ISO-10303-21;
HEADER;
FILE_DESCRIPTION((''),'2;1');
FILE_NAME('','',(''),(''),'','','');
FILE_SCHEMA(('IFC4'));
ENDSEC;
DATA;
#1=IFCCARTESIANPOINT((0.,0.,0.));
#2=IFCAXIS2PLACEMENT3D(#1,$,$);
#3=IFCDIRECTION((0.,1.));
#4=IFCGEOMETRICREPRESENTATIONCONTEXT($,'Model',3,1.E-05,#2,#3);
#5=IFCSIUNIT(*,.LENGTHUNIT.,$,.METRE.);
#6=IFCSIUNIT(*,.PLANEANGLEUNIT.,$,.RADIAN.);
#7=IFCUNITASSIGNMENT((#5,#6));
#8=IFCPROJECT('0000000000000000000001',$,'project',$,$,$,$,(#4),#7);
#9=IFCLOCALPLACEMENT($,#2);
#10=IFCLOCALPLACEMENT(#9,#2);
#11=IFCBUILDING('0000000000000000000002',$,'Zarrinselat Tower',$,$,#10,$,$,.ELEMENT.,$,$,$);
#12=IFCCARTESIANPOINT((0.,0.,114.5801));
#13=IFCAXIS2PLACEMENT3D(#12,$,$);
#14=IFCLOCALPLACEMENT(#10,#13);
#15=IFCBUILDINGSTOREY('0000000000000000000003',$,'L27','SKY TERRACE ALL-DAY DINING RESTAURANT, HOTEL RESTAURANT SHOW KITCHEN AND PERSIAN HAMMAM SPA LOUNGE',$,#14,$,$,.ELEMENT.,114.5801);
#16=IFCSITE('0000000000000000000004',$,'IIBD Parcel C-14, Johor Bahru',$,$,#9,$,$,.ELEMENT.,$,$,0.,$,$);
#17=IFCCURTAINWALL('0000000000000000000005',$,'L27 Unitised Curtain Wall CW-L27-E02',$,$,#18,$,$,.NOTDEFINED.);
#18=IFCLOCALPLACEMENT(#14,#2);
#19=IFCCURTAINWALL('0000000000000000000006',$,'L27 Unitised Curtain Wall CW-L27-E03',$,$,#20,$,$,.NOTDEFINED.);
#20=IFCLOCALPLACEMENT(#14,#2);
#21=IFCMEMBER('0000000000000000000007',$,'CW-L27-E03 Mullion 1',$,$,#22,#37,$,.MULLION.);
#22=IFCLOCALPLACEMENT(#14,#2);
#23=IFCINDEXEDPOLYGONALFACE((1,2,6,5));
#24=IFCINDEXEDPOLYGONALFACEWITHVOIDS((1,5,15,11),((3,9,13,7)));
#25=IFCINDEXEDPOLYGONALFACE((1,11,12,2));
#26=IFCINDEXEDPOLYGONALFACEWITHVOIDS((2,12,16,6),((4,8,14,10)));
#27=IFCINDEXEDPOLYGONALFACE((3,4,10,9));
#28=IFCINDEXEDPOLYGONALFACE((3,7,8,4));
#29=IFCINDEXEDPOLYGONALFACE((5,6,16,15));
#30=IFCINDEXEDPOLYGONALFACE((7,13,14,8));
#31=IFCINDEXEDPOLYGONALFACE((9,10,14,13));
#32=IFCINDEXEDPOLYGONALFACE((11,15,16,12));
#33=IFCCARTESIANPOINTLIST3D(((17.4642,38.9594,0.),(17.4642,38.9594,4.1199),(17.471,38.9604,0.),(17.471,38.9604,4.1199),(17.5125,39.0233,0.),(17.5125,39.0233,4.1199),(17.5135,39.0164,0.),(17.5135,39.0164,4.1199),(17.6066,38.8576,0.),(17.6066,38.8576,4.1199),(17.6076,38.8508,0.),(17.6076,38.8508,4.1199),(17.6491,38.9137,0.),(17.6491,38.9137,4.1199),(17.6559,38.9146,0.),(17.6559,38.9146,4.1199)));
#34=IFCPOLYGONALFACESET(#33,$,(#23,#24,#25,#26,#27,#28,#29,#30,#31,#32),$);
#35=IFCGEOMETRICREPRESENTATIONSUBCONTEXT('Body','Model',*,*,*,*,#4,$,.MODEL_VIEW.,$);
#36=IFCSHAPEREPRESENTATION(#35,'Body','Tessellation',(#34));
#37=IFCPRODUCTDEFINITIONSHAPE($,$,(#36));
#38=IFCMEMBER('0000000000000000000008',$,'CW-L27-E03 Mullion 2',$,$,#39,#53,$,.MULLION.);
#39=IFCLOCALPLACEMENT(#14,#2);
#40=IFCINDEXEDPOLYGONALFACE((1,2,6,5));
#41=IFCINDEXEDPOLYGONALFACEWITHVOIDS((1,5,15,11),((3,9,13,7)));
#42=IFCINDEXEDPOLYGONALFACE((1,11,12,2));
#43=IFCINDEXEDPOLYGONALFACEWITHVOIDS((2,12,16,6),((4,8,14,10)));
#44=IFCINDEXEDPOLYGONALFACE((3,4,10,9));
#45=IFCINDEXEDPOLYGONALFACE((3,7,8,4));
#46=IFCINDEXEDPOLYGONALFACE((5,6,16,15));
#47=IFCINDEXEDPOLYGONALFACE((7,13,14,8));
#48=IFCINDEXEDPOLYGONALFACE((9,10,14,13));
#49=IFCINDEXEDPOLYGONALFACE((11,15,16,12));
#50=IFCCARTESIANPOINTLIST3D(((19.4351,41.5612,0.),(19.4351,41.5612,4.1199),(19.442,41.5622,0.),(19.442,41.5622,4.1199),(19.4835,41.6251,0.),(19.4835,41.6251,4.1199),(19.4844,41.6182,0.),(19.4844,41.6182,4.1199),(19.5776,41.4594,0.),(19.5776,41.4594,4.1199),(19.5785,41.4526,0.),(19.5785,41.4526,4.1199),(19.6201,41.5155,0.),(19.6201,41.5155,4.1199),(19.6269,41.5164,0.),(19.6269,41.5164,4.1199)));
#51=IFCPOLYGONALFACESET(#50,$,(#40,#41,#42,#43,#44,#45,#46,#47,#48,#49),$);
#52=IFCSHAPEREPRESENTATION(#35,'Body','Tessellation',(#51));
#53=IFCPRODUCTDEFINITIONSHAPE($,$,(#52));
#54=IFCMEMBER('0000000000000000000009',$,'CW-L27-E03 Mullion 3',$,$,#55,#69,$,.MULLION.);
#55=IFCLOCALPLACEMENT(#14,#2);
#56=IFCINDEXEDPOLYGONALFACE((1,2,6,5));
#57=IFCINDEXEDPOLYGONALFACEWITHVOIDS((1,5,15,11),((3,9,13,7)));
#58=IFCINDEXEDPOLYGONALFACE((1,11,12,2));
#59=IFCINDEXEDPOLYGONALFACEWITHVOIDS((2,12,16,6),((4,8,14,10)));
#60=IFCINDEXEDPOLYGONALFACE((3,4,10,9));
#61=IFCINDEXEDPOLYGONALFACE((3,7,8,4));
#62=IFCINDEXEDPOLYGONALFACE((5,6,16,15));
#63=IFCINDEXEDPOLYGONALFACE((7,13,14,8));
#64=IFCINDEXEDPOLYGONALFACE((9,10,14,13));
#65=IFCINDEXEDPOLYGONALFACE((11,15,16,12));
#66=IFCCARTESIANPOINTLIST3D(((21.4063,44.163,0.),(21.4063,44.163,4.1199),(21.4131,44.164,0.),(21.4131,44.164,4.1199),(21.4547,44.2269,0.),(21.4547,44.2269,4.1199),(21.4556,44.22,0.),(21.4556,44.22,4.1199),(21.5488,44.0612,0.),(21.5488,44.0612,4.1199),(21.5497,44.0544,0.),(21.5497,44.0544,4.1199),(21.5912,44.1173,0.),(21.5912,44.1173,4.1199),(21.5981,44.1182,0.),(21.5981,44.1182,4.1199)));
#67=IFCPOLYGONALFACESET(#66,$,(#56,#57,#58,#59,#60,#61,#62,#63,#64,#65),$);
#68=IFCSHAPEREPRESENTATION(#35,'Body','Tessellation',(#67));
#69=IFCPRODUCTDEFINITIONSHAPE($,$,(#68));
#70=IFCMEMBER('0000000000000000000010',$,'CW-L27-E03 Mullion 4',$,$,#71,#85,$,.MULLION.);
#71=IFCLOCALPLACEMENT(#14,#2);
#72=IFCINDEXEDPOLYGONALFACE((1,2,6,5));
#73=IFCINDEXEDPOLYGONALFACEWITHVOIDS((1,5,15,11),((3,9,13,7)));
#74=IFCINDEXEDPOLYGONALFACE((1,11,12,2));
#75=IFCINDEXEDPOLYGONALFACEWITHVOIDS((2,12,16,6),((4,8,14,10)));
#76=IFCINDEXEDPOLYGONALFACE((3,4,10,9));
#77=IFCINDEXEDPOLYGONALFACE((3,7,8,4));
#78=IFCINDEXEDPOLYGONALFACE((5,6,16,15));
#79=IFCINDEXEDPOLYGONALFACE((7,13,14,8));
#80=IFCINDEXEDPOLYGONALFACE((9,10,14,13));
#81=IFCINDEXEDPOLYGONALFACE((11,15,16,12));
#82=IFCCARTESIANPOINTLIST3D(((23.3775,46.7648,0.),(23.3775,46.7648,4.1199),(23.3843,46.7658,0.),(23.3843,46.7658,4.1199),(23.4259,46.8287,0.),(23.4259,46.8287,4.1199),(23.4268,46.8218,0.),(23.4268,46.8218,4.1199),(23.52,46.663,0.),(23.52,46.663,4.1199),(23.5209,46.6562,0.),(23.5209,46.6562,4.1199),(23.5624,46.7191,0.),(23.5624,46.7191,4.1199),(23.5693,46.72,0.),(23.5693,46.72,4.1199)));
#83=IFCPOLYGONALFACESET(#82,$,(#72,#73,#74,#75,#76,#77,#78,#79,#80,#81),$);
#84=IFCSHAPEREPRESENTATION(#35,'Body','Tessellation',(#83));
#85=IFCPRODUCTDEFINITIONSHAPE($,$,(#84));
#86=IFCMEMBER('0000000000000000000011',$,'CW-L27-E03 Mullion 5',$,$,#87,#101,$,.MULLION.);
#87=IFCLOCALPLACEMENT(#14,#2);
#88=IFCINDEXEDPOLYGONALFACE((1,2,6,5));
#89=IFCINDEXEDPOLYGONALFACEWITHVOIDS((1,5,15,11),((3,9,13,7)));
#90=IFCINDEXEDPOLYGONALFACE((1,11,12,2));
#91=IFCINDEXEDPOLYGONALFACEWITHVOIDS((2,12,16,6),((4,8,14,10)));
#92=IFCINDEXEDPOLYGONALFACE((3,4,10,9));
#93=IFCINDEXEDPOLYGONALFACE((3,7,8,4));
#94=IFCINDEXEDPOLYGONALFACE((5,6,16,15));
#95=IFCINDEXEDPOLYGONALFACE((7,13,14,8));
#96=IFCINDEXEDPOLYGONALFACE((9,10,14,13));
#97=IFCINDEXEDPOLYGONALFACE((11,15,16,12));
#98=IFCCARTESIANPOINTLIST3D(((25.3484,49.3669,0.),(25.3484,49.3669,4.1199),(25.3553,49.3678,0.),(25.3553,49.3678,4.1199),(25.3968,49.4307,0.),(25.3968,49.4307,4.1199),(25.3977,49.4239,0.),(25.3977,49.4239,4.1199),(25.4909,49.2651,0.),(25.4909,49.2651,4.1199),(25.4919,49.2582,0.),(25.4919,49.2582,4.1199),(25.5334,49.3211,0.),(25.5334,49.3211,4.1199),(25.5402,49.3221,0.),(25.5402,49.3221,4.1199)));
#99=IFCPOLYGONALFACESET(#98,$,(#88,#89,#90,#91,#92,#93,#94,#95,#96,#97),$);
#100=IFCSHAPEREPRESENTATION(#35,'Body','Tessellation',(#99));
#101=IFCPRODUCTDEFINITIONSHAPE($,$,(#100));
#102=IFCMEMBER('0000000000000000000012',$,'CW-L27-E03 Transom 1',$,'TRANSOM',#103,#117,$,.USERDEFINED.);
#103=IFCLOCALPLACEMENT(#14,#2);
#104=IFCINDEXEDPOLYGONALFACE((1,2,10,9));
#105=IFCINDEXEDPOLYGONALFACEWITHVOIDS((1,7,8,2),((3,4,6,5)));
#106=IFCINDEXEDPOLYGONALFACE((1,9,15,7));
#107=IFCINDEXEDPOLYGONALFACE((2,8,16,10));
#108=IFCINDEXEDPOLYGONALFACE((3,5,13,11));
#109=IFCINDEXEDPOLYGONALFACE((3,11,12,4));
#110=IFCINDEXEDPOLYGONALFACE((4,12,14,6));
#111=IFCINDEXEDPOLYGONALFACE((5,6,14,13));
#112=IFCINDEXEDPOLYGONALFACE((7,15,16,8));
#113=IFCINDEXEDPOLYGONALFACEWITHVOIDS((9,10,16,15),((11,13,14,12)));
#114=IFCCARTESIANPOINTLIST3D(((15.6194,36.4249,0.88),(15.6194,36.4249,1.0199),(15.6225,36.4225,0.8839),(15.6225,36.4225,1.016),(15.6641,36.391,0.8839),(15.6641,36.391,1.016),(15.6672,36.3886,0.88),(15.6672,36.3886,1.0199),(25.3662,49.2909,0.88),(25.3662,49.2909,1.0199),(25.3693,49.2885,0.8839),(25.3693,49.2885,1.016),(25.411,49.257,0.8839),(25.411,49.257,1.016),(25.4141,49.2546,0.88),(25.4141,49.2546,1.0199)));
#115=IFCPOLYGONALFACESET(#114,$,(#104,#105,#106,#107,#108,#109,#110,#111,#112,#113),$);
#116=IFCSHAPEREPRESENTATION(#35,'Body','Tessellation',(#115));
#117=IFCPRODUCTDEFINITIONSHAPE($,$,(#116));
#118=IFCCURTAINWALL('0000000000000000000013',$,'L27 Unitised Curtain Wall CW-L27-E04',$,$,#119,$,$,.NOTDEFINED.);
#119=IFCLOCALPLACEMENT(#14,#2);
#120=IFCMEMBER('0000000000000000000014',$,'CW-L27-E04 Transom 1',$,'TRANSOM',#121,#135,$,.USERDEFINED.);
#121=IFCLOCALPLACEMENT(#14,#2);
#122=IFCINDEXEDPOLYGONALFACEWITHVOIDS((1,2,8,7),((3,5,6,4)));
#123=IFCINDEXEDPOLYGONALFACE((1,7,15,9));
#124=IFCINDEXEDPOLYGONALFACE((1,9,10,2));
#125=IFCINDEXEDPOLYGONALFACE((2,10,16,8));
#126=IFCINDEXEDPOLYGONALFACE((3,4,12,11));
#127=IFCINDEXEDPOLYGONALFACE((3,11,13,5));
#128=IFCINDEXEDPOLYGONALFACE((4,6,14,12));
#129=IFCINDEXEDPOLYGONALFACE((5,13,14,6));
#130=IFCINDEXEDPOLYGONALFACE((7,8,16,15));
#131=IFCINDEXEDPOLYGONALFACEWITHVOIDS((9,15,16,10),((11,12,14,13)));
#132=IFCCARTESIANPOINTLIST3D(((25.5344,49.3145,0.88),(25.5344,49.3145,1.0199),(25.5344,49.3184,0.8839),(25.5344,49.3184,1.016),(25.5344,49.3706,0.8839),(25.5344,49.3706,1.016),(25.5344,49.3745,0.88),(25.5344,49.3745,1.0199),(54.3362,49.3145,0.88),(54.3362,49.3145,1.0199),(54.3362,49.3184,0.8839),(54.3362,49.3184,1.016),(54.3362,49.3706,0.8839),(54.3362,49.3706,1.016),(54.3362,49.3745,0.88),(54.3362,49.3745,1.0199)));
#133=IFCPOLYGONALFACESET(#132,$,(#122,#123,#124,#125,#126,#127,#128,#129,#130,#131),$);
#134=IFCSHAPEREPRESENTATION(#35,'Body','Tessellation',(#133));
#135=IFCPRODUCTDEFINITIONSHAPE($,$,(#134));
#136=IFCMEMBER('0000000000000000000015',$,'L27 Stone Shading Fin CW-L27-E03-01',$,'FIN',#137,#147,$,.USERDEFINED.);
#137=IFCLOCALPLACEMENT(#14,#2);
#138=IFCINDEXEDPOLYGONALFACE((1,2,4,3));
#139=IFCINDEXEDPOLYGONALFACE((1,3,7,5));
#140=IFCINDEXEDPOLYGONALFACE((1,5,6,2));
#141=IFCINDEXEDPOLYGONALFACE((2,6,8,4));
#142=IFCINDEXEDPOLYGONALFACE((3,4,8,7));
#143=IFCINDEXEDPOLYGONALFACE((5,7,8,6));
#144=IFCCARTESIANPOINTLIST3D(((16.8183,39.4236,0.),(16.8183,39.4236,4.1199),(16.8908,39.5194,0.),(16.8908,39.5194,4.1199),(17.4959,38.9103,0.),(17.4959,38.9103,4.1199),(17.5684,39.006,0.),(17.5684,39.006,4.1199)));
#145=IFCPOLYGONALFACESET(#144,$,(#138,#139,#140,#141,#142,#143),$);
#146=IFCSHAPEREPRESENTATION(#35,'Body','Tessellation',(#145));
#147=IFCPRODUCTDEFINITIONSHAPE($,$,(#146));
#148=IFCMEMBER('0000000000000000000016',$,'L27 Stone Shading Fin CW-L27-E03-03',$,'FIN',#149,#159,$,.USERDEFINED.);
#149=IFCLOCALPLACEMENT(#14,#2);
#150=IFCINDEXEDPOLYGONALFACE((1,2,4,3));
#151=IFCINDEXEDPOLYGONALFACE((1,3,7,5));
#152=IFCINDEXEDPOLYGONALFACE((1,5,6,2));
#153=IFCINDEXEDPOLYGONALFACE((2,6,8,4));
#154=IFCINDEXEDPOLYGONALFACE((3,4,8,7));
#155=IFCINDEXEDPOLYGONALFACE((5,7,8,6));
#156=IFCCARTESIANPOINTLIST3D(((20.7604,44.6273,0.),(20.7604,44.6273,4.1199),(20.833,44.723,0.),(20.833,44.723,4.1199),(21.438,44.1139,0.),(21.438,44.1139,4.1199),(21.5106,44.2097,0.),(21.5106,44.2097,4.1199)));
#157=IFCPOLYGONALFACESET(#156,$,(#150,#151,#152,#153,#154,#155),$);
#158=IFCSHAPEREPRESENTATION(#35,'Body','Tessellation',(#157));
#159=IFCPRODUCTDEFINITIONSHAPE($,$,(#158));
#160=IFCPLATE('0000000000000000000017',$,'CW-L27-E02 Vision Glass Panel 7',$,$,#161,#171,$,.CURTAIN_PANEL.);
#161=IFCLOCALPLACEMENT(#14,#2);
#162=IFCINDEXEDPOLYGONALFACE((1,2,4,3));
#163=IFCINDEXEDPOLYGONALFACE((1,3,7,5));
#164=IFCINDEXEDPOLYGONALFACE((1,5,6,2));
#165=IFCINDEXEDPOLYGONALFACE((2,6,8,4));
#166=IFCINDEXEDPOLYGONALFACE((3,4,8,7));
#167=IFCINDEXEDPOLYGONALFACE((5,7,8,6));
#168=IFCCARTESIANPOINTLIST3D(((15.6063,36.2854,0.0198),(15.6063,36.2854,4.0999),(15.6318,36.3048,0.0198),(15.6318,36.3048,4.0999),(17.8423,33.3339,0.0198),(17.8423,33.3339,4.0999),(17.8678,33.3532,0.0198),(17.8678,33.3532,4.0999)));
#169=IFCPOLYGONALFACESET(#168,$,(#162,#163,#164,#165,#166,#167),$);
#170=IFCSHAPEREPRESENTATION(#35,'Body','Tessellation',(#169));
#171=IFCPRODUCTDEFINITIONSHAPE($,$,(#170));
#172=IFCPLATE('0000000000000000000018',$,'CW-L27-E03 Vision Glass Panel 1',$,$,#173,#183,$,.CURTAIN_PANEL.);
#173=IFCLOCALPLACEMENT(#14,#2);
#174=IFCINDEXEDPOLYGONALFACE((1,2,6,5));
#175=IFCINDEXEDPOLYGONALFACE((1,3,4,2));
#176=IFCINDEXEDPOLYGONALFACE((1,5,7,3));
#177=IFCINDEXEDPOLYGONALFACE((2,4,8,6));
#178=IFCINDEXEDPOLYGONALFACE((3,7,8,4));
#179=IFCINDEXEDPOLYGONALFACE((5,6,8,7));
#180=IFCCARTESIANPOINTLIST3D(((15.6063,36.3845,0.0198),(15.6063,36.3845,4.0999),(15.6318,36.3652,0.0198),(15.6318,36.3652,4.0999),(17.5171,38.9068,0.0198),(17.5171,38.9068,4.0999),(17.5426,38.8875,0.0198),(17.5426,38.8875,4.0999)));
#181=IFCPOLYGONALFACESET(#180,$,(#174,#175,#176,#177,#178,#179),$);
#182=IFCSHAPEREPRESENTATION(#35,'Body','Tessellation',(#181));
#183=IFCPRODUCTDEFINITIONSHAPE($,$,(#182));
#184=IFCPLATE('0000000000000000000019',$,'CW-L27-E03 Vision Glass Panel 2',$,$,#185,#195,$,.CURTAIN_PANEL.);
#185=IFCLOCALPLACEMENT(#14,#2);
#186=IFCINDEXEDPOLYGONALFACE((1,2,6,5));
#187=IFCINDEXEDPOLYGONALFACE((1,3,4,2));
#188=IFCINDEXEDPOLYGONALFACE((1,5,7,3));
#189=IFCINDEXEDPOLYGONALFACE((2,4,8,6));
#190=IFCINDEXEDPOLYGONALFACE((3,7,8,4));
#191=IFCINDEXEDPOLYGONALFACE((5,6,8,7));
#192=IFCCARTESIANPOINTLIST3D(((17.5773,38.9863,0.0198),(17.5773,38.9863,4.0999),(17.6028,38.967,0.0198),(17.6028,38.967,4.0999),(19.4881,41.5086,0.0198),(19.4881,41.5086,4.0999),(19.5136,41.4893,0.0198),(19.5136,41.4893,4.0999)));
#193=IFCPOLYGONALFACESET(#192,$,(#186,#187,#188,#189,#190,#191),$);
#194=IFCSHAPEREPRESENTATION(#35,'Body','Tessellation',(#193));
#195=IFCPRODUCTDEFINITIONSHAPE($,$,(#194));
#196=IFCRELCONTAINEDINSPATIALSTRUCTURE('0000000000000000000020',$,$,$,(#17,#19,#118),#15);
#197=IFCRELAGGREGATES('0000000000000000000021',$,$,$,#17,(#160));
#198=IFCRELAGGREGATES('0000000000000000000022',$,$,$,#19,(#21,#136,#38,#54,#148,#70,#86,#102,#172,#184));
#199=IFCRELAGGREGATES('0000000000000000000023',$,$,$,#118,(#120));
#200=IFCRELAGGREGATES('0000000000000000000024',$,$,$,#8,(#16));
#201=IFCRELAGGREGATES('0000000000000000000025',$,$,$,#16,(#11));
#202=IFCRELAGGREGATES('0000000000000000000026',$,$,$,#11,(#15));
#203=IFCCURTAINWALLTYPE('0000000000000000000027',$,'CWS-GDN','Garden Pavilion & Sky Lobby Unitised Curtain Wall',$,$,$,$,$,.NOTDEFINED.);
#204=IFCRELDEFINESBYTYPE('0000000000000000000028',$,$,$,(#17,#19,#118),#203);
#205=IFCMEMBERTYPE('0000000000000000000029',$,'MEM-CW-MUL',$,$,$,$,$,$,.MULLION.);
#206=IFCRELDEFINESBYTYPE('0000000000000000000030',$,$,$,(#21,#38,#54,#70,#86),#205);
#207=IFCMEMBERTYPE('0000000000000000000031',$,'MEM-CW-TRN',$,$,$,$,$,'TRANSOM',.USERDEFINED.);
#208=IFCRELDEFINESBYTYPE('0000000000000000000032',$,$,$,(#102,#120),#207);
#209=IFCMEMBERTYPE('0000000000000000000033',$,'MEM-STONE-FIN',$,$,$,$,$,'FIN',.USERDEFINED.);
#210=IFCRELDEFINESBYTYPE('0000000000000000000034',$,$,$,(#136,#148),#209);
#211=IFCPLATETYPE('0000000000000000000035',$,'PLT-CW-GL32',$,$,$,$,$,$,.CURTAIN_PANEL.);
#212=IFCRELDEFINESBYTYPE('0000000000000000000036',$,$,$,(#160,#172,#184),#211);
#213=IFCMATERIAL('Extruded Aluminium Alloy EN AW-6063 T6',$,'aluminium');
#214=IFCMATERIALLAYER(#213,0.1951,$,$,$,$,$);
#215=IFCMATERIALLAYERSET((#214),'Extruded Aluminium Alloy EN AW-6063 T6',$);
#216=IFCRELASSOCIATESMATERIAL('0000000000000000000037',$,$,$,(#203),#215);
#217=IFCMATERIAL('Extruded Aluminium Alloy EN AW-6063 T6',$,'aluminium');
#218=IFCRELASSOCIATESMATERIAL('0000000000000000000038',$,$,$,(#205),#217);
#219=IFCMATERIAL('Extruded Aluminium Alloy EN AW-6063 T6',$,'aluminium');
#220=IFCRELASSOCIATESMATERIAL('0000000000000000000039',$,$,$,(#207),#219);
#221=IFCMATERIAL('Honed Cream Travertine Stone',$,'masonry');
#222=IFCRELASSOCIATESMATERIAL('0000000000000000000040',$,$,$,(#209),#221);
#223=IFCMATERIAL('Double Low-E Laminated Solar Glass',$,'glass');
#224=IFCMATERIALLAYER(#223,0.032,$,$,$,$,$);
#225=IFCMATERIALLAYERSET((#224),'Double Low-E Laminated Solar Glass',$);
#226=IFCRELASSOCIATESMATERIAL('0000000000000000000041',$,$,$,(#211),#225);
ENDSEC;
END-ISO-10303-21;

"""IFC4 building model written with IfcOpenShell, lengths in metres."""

from ifc_helpers import new_model, si_unit, direction, frame, origin, origin_2d, place, context, subcontext, project, spatial, rectangle, hollow_rectangle, extrude, material, layer, layer_set, material_profile, profile_set, type_object, element, aggregate, save


model = new_model("IFC4")

# Units and contexts
model_context = context("Model", 3, precision=1e-05, world=origin(), true_north=direction((0.0, 1.0)))
body_context = subcontext(model_context, "Body", "Model", "MODEL_VIEW")
ifc_project = project(units=[si_unit("LENGTHUNIT", "METRE"), si_unit("PLANEANGLEUNIT", "RADIAN")], contexts=[model_context])

# Site, building, storey
site_placement = place(None, origin())
site = spatial("IfcSite", under=ifc_project, at=site_placement, Name="IIBD Parcel C-14, Johor Bahru", CompositionType="ELEMENT", RefElevation=0.0)
building_placement = place(site_placement, origin())
building = spatial("IfcBuilding", under=site, at=building_placement, Name="Zarrinselat Tower", CompositionType="ELEMENT")
storey_placement = place(building_placement, frame((0.0, 0.0, 114.5801)))
storey = spatial("IfcBuildingStorey", under=building, at=storey_placement, Name="L27", Description="SKY TERRACE ALL-DAY DINING RESTAURANT, HOTEL RESTAURANT SHOW KITCHEN AND PERSIAN HAMMAM SPA LOUNGE", CompositionType="ELEMENT", Elevation=114.5801)

# Curtain wall
ifc_material_1 = material(Name="Extruded Aluminium Alloy EN AW-6063 T6", Category="aluminium")
ifc_layer_1 = layer(ifc_material_1, 0.1951)
ifc_layer_set_1 = layer_set([ifc_layer_1], Name="Extruded Aluminium Alloy EN AW-6063 T6")
curtain_wall_type = type_object("IfcCurtainWallType", Name="CWS-GDN", Description="Garden Pavilion & Sky Lobby Unitised Curtain Wall", PredefinedType="NOTDEFINED", material=ifc_layer_set_1)
curtain_wall_1_placement = place(storey_placement, origin())
curtain_wall_1 = element("IfcCurtainWall", 1, at=curtain_wall_1_placement, inside=storey, type_object=curtain_wall_type, Name="L27 Unitised Curtain Wall CW-L27-E02", PredefinedType="NOTDEFINED")
ifc_material_2 = material(Name="Extruded Aluminium Alloy EN AW-6063 T6", Category="aluminium")
ifc_material_profile_1 = material_profile(ifc_material_2, hollow_rectangle(XDim=0.0801, YDim=0.1799, WallThickness=0.0049, at=origin_2d()), Name="RHS 180x80x5")
ifc_profile_set_1 = profile_set([ifc_material_profile_1], Name="Extruded Aluminium Alloy EN AW-6063 T6")
member_type_1 = type_object("IfcMemberType", Name="MEM-CW-MUL", PredefinedType="MULLION", material=ifc_profile_set_1)

# Curtain wall, members
curtain_wall_2_placement = place(storey_placement, origin())
curtain_wall_2 = element("IfcCurtainWall", 2, at=curtain_wall_2_placement, inside=storey, type_object=curtain_wall_type, Name="L27 Unitised Curtain Wall CW-L27-E03", PredefinedType="NOTDEFINED")
member_1_placement = place(storey_placement, frame((17.5601, 38.937, 0.0), z_axis=(0.0, 0.0, 1.0), x_axis=(0.603857, 0.797093, 0.0)))
member_1 = element("IfcMember", 3, at=member_1_placement, type_object=member_type_1, Name="CW-L27-E03 Mullion 1", PredefinedType="MULLION", context=body_context, shape_type="SweptSolid", body=[
    extrude(hollow_rectangle(XDim=0.0801, YDim=0.1799, WallThickness=0.0049, at=origin_2d()), origin(), (0.0, 0.0, 1.0), 4.1199),
])
member_2_placement = place(storey_placement, frame((19.531, 41.5388, 0.0), z_axis=(0.0, 0.0, 1.0), x_axis=(0.603857, 0.797093, 0.0)))
member_2 = element("IfcMember", 4, at=member_2_placement, type_object=member_type_1, Name="CW-L27-E03 Mullion 2", PredefinedType="MULLION", context=body_context, shape_type="SweptSolid", body=[
    extrude(hollow_rectangle(XDim=0.0801, YDim=0.1799, WallThickness=0.0049, at=origin_2d()), origin(), (0.0, 0.0, 1.0), 4.1199),
])
member_3_placement = place(storey_placement, frame((21.5022, 44.1406, 0.0), z_axis=(0.0, 0.0, 1.0), x_axis=(0.603857, 0.797093, 0.0)))
member_3 = element("IfcMember", 5, at=member_3_placement, type_object=member_type_1, Name="CW-L27-E03 Mullion 3", PredefinedType="MULLION", context=body_context, shape_type="SweptSolid", body=[
    extrude(hollow_rectangle(XDim=0.0801, YDim=0.1799, WallThickness=0.0049, at=origin_2d()), origin(), (0.0, 0.0, 1.0), 4.1199),
])
member_4_placement = place(storey_placement, frame((23.4734, 46.7424, 0.0), z_axis=(0.0, 0.0, 1.0), x_axis=(0.603857, 0.797093, 0.0)))
member_4 = element("IfcMember", 6, at=member_4_placement, type_object=member_type_1, Name="CW-L27-E03 Mullion 4", PredefinedType="MULLION", context=body_context, shape_type="SweptSolid", body=[
    extrude(hollow_rectangle(XDim=0.0801, YDim=0.1799, WallThickness=0.0049, at=origin_2d()), origin(), (0.0, 0.0, 1.0), 4.1199),
])
member_5_placement = place(storey_placement, frame((25.4443, 49.3445, 0.0), z_axis=(0.0, 0.0, 1.0), x_axis=(0.603857, 0.797093, 0.0)))
member_5 = element("IfcMember", 7, at=member_5_placement, type_object=member_type_1, Name="CW-L27-E03 Mullion 5", PredefinedType="MULLION", context=body_context, shape_type="SweptSolid", body=[
    extrude(hollow_rectangle(XDim=0.0801, YDim=0.1799, WallThickness=0.0049, at=origin_2d()), origin(), (0.0, 0.0, 1.0), 4.1199),
])
ifc_material_3 = material(Name="Extruded Aluminium Alloy EN AW-6063 T6", Category="aluminium")
ifc_material_profile_2 = material_profile(ifc_material_3, hollow_rectangle(XDim=0.0601, YDim=0.1399, WallThickness=0.0039, at=origin_2d()), Name="RHS 140x60x4")
ifc_profile_set_2 = profile_set([ifc_material_profile_2], Name="Extruded Aluminium Alloy EN AW-6063 T6")
member_type_2 = type_object("IfcMemberType", Name="MEM-CW-TRN", ElementType="TRANSOM", PredefinedType="USERDEFINED", material=ifc_profile_set_2)
member_6_placement = place(storey_placement, frame((15.6433, 36.4067, 0.95), z_axis=(0.603853, 0.797096, 0.0), x_axis=(-0.797096, 0.603853, 0.0)))
member_6 = element("IfcMember", 8, at=member_6_placement, type_object=member_type_2, Name="CW-L27-E03 Transom 1", ObjectType="TRANSOM", PredefinedType="USERDEFINED", context=body_context, shape_type="SweptSolid", body=[
    extrude(hollow_rectangle(XDim=0.0601, YDim=0.1399, WallThickness=0.0039, at=origin_2d()), origin(), (0.0, 0.0, 1.0), 16.1411),
])

# Curtain wall, member
curtain_wall_3_placement = place(storey_placement, origin())
curtain_wall_3 = element("IfcCurtainWall", 9, at=curtain_wall_3_placement, inside=storey, type_object=curtain_wall_type, Name="L27 Unitised Curtain Wall CW-L27-E04", PredefinedType="NOTDEFINED")
member_7_placement = place(storey_placement, frame((25.5344, 49.3445, 0.95), z_axis=(1.0, 0.0, 0.0), x_axis=(0.0, 1.0, 0.0)))
member_7 = element("IfcMember", 10, at=member_7_placement, type_object=member_type_2, Name="CW-L27-E04 Transom 1", ObjectType="TRANSOM", PredefinedType="USERDEFINED", context=body_context, shape_type="SweptSolid", body=[
    extrude(hollow_rectangle(XDim=0.0601, YDim=0.1399, WallThickness=0.0039, at=origin_2d()), origin(), (0.0, 0.0, 1.0), 28.8018),
])

# Members
ifc_material_4 = material(Name="Honed Cream Travertine Stone", Category="masonry")
ifc_material_profile_3 = material_profile(ifc_material_4, rectangle(XDim=0.1201, YDim=0.8501, at=origin_2d()), Name="FIN 850x120")
ifc_profile_set_3 = profile_set([ifc_material_profile_3], Name="Honed Cream Travertine Stone")
member_type_3 = type_object("IfcMemberType", Name="MEM-STONE-FIN", ElementType="FIN", PredefinedType="USERDEFINED", material=ifc_profile_set_3)
member_8_placement = place(storey_placement, frame((17.1934, 39.2148, 0.0), z_axis=(0.0, 0.0, 1.0), x_axis=(0.603857, 0.797093, 0.0)))
member_8 = element("IfcMember", 11, at=member_8_placement, type_object=member_type_3, Name="L27 Stone Shading Fin CW-L27-E03-01", ObjectType="FIN", PredefinedType="USERDEFINED", context=body_context, shape_type="SweptSolid", body=[
    extrude(rectangle(XDim=0.1201, YDim=0.8501, at=origin_2d()), origin(), (0.0, 0.0, 1.0), 4.1199),
])
member_9_placement = place(storey_placement, frame((21.1355, 44.4185, 0.0), z_axis=(0.0, 0.0, 1.0), x_axis=(0.603857, 0.797093, 0.0)))
member_9 = element("IfcMember", 12, at=member_9_placement, type_object=member_type_3, Name="L27 Stone Shading Fin CW-L27-E03-03", ObjectType="FIN", PredefinedType="USERDEFINED", context=body_context, shape_type="SweptSolid", body=[
    extrude(rectangle(XDim=0.1201, YDim=0.8501, at=origin_2d()), origin(), (0.0, 0.0, 1.0), 4.1199),
])

# Plates
ifc_material_5 = material(Name="Double Low-E Laminated Solar Glass", Category="glass")
ifc_layer_2 = layer(ifc_material_5, 0.032)
ifc_layer_set_2 = layer_set([ifc_layer_2], Name="Double Low-E Laminated Solar Glass")
plate_type = type_object("IfcPlateType", Name="PLT-CW-GL32", PredefinedType="CURTAIN_PANEL", material=ifc_layer_set_2)
plate_1_placement = place(storey_placement, frame((16.7371, 34.8193, 0.0198), z_axis=(0.0, 0.0, 1.0), x_axis=(-0.603858, 0.797092, 0.0)))
plate_1 = element("IfcPlate", 13, at=plate_1_placement, type_object=plate_type, Name="CW-L27-E02 Vision Glass Panel 7", PredefinedType="CURTAIN_PANEL", context=body_context, shape_type="SweptSolid", body=[
    extrude(rectangle(XDim=3.7029, YDim=0.032, at=origin_2d()), origin(), (0.0, 0.0, 1.0), 4.0801),
])
aggregate(curtain_wall_1, [plate_1])
plate_2_placement = place(storey_placement, frame((16.5745, 37.636, 0.0198), z_axis=(0.0, 0.0, 1.0), x_axis=(0.603857, 0.797093, 0.0)))
plate_2 = element("IfcPlate", 14, at=plate_2_placement, type_object=plate_type, Name="CW-L27-E03 Vision Glass Panel 1", PredefinedType="CURTAIN_PANEL", context=body_context, shape_type="SweptSolid", body=[
    extrude(rectangle(XDim=3.1643, YDim=0.032, at=origin_2d()), origin(), (0.0, 0.0, 1.0), 4.0801),
])
plate_3_placement = place(storey_placement, frame((18.5454, 40.2378, 0.0198), z_axis=(0.0, 0.0, 1.0), x_axis=(0.603857, 0.797093, 0.0)))
plate_3 = element("IfcPlate", 15, at=plate_3_placement, type_object=plate_type, Name="CW-L27-E03 Vision Glass Panel 2", PredefinedType="CURTAIN_PANEL", context=body_context, shape_type="SweptSolid", body=[
    extrude(rectangle(XDim=3.1643, YDim=0.032, at=origin_2d()), origin(), (0.0, 0.0, 1.0), 4.0801),
])
aggregate(curtain_wall_2, [member_1, member_8, member_2, member_3, member_9, member_4, member_5, member_6, plate_2, plate_3])
aggregate(curtain_wall_3, [member_7])

save(model, "model.ifc")
